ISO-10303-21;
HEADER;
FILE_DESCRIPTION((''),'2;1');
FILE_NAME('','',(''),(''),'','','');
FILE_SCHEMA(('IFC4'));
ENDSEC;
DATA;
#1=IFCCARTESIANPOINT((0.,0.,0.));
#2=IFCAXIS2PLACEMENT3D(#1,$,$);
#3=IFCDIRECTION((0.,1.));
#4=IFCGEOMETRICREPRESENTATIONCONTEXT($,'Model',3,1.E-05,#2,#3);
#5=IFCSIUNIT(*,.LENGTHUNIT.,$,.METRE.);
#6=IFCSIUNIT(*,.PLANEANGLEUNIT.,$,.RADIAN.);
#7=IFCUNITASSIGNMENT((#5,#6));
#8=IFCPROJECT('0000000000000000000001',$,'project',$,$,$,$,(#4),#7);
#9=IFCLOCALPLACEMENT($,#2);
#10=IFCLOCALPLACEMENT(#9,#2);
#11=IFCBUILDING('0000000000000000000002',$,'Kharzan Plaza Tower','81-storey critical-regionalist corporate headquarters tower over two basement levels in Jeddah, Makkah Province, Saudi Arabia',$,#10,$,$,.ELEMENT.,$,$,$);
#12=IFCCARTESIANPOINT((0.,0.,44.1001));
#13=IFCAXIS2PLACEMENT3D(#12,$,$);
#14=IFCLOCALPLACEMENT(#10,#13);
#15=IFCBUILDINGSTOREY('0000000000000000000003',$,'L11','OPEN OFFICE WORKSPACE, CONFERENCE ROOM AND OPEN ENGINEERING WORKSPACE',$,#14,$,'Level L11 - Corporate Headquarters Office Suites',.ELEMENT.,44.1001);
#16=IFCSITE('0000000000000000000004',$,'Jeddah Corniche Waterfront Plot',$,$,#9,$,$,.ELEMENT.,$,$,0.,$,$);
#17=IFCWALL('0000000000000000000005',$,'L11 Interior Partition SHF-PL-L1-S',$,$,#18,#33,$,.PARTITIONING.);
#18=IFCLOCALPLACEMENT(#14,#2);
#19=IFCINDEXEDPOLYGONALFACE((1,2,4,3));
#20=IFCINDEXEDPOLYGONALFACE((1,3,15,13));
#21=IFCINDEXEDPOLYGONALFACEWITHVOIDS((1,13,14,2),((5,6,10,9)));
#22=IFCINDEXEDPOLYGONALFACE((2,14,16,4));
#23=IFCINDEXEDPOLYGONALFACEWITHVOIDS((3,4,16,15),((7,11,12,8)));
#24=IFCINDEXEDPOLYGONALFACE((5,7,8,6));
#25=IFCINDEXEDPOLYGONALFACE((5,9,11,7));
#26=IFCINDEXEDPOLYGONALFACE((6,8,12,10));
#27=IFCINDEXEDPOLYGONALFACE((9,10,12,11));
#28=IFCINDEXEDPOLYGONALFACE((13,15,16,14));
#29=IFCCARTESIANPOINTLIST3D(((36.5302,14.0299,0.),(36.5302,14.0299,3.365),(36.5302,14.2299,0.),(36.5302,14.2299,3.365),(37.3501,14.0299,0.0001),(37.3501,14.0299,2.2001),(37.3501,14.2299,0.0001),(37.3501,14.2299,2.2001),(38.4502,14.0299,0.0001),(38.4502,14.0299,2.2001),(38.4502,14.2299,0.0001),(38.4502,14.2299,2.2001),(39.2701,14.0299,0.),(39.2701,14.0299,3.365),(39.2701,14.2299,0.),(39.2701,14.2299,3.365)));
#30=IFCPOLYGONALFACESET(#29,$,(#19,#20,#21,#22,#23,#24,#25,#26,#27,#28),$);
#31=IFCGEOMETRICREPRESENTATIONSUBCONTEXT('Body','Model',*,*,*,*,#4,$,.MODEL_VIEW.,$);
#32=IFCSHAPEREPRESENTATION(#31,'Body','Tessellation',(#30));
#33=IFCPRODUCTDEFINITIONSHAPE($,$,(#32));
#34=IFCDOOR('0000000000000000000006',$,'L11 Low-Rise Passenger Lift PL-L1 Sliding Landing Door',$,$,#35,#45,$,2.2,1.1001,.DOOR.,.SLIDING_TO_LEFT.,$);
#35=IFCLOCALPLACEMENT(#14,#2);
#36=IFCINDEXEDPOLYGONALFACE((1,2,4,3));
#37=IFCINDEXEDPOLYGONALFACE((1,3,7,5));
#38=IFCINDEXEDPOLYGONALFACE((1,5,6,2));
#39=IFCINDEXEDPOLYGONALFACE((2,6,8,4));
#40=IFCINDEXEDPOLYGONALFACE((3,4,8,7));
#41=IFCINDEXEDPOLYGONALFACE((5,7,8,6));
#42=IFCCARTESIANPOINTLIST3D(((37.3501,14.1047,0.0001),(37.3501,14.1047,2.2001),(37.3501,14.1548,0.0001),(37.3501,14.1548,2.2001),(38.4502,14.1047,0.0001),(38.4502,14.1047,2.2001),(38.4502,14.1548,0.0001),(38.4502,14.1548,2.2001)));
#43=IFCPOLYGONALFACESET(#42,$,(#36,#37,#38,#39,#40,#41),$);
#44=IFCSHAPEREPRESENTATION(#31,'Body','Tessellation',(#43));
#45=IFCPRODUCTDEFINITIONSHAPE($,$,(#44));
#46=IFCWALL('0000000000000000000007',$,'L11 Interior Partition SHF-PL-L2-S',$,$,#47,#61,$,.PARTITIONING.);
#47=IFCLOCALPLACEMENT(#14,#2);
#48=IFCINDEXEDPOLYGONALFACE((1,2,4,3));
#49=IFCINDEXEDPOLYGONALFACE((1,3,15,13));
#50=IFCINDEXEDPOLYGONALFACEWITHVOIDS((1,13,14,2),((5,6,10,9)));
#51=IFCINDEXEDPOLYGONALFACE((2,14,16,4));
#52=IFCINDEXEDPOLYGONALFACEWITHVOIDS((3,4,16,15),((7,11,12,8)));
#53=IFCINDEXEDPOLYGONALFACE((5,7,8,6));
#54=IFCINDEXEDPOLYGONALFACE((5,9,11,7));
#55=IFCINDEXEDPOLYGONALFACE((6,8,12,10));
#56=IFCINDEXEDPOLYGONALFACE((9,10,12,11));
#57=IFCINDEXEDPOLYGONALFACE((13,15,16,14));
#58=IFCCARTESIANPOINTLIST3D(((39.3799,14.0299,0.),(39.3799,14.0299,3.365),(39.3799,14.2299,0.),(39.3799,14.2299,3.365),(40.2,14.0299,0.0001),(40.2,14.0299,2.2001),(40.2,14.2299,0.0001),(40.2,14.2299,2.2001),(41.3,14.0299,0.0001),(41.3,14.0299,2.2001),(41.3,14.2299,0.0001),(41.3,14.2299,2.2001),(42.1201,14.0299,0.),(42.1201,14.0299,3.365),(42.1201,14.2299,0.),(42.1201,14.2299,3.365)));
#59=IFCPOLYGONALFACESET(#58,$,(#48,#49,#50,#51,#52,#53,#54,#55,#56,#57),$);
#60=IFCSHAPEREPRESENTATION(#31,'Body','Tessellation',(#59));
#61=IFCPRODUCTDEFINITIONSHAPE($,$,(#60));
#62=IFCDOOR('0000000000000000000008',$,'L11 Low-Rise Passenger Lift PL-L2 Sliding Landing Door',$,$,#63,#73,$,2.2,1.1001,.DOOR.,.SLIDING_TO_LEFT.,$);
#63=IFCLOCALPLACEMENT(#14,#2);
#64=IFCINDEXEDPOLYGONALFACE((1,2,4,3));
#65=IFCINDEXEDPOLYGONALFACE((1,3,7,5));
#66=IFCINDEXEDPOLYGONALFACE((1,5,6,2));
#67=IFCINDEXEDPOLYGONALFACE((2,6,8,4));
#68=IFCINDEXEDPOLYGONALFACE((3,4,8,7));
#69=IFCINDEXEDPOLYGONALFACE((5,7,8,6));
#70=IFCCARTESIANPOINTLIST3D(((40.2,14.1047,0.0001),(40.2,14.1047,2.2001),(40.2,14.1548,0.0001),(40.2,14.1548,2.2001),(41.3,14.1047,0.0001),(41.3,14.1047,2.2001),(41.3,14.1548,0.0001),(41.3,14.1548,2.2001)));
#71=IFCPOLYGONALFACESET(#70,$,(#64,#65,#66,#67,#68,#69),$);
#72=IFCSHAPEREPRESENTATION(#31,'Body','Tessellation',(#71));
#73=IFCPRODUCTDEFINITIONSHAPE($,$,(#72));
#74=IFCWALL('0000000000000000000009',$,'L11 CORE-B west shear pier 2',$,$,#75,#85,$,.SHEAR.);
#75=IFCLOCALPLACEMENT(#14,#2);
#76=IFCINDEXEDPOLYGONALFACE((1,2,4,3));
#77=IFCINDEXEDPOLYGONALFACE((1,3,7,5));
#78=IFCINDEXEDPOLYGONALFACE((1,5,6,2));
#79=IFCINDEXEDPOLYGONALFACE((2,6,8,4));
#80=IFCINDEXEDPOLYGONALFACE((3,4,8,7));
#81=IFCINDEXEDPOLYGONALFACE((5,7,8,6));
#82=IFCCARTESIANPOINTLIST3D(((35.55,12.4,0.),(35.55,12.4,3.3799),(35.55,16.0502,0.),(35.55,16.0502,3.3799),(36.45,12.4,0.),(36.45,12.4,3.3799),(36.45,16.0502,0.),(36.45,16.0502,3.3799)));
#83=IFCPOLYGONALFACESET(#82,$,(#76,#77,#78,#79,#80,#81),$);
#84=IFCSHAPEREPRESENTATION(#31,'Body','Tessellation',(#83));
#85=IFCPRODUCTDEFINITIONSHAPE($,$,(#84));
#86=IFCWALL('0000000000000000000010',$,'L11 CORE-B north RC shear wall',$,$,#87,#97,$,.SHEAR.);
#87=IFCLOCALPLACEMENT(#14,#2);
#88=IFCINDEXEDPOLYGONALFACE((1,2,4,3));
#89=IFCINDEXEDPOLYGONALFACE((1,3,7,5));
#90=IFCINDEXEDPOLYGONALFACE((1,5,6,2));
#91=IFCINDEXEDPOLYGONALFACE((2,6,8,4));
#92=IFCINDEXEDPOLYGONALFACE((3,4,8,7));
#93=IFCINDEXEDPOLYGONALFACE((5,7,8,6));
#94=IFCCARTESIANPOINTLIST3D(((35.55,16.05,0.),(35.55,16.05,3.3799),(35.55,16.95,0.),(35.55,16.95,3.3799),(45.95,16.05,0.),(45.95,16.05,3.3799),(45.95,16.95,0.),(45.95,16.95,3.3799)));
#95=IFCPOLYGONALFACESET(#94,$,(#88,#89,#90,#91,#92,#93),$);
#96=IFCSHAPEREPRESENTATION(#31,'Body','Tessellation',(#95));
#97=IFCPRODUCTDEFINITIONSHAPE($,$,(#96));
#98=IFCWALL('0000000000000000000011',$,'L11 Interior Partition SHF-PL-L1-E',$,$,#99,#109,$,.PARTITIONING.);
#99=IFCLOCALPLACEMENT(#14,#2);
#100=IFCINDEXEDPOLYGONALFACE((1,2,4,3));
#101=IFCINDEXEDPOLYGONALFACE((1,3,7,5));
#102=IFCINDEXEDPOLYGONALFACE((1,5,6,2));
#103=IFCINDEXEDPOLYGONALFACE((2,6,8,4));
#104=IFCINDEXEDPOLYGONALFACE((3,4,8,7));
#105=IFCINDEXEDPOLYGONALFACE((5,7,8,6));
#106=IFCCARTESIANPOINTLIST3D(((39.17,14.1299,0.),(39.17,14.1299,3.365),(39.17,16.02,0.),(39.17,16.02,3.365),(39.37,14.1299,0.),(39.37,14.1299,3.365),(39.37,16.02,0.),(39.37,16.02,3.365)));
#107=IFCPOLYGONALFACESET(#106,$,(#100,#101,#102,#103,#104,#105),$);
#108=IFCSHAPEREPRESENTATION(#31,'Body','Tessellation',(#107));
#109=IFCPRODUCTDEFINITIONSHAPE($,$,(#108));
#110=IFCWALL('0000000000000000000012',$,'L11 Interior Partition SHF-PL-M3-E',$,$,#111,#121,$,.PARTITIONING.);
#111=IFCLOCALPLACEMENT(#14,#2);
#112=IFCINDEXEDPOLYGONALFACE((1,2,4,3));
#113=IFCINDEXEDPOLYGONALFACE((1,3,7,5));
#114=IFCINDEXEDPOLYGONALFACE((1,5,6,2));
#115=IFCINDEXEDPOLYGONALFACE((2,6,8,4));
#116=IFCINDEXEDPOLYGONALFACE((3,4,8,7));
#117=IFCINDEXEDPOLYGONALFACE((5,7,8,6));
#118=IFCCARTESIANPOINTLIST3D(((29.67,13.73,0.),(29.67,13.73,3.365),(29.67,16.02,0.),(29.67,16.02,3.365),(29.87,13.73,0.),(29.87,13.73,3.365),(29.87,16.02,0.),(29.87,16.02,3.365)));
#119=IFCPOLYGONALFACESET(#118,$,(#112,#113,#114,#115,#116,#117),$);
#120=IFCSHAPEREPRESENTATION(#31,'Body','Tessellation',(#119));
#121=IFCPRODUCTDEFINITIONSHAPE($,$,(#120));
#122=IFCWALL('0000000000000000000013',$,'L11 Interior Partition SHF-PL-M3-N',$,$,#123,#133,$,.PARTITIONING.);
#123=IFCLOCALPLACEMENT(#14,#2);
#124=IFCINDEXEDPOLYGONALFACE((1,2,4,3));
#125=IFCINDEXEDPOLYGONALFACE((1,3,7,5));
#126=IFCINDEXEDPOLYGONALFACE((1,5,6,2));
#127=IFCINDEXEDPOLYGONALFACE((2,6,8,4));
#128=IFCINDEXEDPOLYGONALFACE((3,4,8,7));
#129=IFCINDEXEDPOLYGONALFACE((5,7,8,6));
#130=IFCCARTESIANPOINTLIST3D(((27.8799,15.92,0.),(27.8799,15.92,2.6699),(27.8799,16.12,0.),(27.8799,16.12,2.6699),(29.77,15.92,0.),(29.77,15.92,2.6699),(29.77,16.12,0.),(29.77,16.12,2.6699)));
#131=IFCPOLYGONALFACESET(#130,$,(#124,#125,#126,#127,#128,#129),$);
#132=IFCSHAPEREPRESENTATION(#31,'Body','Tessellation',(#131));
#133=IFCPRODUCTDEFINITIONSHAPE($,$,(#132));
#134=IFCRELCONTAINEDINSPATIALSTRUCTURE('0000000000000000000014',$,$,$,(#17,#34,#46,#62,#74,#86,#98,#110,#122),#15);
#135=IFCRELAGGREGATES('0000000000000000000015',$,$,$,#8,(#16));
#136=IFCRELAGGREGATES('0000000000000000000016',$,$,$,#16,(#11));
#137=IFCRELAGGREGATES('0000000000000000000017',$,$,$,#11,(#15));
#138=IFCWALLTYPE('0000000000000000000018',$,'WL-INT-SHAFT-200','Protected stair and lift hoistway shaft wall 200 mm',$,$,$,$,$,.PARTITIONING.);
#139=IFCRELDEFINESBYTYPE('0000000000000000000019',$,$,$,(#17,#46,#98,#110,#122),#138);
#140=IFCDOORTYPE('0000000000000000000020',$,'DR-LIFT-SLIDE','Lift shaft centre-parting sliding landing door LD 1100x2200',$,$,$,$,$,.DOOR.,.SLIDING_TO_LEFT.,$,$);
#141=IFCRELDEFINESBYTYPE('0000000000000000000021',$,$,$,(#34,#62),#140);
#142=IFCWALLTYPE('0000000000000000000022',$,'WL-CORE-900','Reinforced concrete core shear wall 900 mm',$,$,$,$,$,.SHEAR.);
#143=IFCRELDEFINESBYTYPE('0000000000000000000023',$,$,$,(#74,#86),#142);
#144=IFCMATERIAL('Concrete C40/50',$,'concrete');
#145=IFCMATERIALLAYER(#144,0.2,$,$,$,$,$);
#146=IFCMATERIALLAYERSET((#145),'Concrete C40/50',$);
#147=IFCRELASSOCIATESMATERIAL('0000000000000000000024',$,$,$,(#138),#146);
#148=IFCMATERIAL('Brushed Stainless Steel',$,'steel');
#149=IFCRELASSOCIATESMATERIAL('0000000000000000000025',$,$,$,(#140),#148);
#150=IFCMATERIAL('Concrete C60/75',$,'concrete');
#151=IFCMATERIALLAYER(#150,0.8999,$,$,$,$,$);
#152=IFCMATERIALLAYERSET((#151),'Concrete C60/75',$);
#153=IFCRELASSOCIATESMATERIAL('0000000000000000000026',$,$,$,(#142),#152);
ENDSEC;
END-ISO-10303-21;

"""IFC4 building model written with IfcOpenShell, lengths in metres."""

from ifc_helpers import new_model, si_unit, direction, frame, frame_2d, origin, place, context, subcontext, project, spatial, rectangle, extrude, source, transform, mapped, material, layer, layer_set, type_object, element, fill, save


model = new_model("IFC4")

# Units and contexts
model_context = context("Model", 3, precision=1e-05, world=origin(), true_north=direction((0.0, 1.0)))
body_context = subcontext(model_context, "Body", "Model", "MODEL_VIEW")
ifc_project = project(units=[si_unit("LENGTHUNIT", "METRE"), si_unit("PLANEANGLEUNIT", "RADIAN")], contexts=[model_context])

# Site, building, storey
site_placement = place(None, origin())
site = spatial("IfcSite", under=ifc_project, at=site_placement, Name="Jeddah Corniche Waterfront Plot", CompositionType="ELEMENT", RefElevation=0.0)
building_placement = place(site_placement, origin())
building = spatial("IfcBuilding", under=site, at=building_placement, Name="Kharzan Plaza Tower", Description="81-storey critical-regionalist corporate headquarters tower over two basement levels in Jeddah, Makkah Province, Saudi Arabia", CompositionType="ELEMENT")
storey_placement = place(building_placement, frame((0.0, 0.0, 44.1001)))
storey = spatial("IfcBuildingStorey", under=building, at=storey_placement, Name="L11", Description="OPEN OFFICE WORKSPACE, CONFERENCE ROOM AND OPEN ENGINEERING WORKSPACE", LongName="Level L11 - Corporate Headquarters Office Suites", CompositionType="ELEMENT", Elevation=44.1001)

# Shared definitions
ifc_material_1 = material(Name="Concrete C60/75", Category="concrete")

# Walls, openings, doors
ifc_material_2 = material(Name="Concrete C40/50", Category="concrete")
ifc_layer_1 = layer(ifc_material_2, 0.2)
ifc_layer_set_1 = layer_set([ifc_layer_1], Name="Concrete C40/50")
wall_type_1 = type_object("IfcWallType", Name="WL-INT-SHAFT-200", Description="Protected stair and lift hoistway shaft wall 200 mm", PredefinedType="PARTITIONING", material=ifc_layer_set_1)
wall_1_placement = place(storey_placement, frame((36.53, 14.1299, 0.0), z_axis=(0.0, 0.0, 1.0), x_axis=(1.0, 0.0, 0.0)))
wall_1 = element("IfcWall", 1, at=wall_1_placement, inside=storey, type_object=wall_type_1, Name="L11 Interior Partition SHF-PL-L1-S", PredefinedType="PARTITIONING", context=body_context, shape_type="SweptSolid", body=[
    extrude(rectangle(XDim=2.74, YDim=0.2, at=frame_2d((1.3701, 0.0))), origin(), (0.0, 0.0, 1.0), 3.365),
])
opening_1_placement = place(wall_1_placement, frame((0.8201, 0.0, 0.0)))
opening_1 = element("IfcOpeningElement", 2, at=opening_1_placement, cuts=wall_1, PredefinedType="OPENING", context=body_context, shape_type="SweptSolid", body=[
    extrude(rectangle(XDim=1.1001, YDim=2.2, at=frame_2d((0.55, 1.1001))), frame((0.0, 0.1099, 0.0), z_axis=(0.0, -1.0, 0.0), x_axis=(1.0, 0.0, 0.0)), (0.0, 0.0, 1.0), 0.22),
])
ifc_material_3 = material(Name="Brushed Stainless Steel", Category="steel")
door_type_1 = type_object("IfcDoorType", Name="DR-LIFT-SLIDE", Description="Lift shaft centre-parting sliding landing door LD 1100x2200", OperationType="SLIDING_TO_LEFT", PredefinedType="DOOR", material=ifc_material_3)
shared_shape_1 = source(origin(), body_context, "Body", "SweptSolid", [
    extrude(rectangle(XDim=1.1001, YDim=2.2, at=frame_2d((0.55, 1.1001))), frame((0.0, 0.0249, 0.0), z_axis=(0.0, -1.0, 0.0), x_axis=(1.0, 0.0, 0.0)), (0.0, 0.0, 1.0), 0.05),
])
door_1_placement = place(opening_1_placement, origin())
door_1 = element("IfcDoor", 3, at=door_1_placement, inside=storey, type_object=door_type_1, Name="L11 Low-Rise Passenger Lift PL-L1 Sliding Landing Door", OperationType="SLIDING_TO_LEFT", OverallHeight=2.2, OverallWidth=1.1001, PredefinedType="DOOR", context=body_context, shape_type="MappedRepresentation", body=[
    mapped(shared_shape_1, transform((0.0, 0.0, 0.0), x_axis=(1.0, 0.0, 0.0), y_axis=(0.0, 1.0, 0.0), z_axis=(0.0, 0.0, 1.0))),
])
fill(opening_1, door_1)
wall_2_placement = place(storey_placement, frame((39.3799, 14.1299, 0.0), z_axis=(0.0, 0.0, 1.0), x_axis=(1.0, 0.0, 0.0)))
wall_2 = element("IfcWall", 4, at=wall_2_placement, inside=storey, type_object=wall_type_1, Name="L11 Interior Partition SHF-PL-L2-S", PredefinedType="PARTITIONING", context=body_context, shape_type="SweptSolid", body=[
    extrude(rectangle(XDim=2.7402, YDim=0.2, at=frame_2d((1.3701, 0.0))), origin(), (0.0, 0.0, 1.0), 3.365),
])
opening_2_placement = place(wall_2_placement, frame((0.8201, 0.0, 0.0)))
opening_2 = element("IfcOpeningElement", 5, at=opening_2_placement, cuts=wall_2, PredefinedType="OPENING", context=body_context, shape_type="SweptSolid", body=[
    extrude(rectangle(XDim=1.1001, YDim=2.2, at=frame_2d((0.55, 1.1001))), frame((0.0, 0.1099, 0.0), z_axis=(0.0, -1.0, 0.0), x_axis=(1.0, 0.0, 0.0)), (0.0, 0.0, 1.0), 0.22),
])
door_2_placement = place(opening_2_placement, origin())
door_2 = element("IfcDoor", 6, at=door_2_placement, inside=storey, type_object=door_type_1, Name="L11 Low-Rise Passenger Lift PL-L2 Sliding Landing Door", OperationType="SLIDING_TO_LEFT", OverallHeight=2.2, OverallWidth=1.1001, PredefinedType="DOOR", context=body_context, shape_type="MappedRepresentation", body=[
    mapped(shared_shape_1, transform((0.0, 0.0, 0.0), x_axis=(1.0, 0.0, 0.0), y_axis=(0.0, 1.0, 0.0), z_axis=(0.0, 0.0, 1.0))),
])
fill(opening_2, door_2)

# Walls
ifc_layer_2 = layer(ifc_material_1, 0.8999)
ifc_layer_set_2 = layer_set([ifc_layer_2], Name="Concrete C60/75")
wall_type_2 = type_object("IfcWallType", Name="WL-CORE-900", Description="Reinforced concrete core shear wall 900 mm", PredefinedType="SHEAR", material=ifc_layer_set_2)
shared_shape_2 = source(origin(), body_context, "Body", "SweptSolid", [
    extrude(rectangle(XDim=3.6501, YDim=0.8999, at=frame_2d((1.8252, 0.0))), origin(), (0.0, 0.0, 1.0), 3.3799),
])
wall_3_placement = place(storey_placement, frame((36.0, 12.3999, 0.0), z_axis=(0.0, 0.0, 1.0), x_axis=(0.0, 1.0, 0.0)))
element("IfcWall", 7, at=wall_3_placement, inside=storey, type_object=wall_type_2, Name="L11 CORE-B west shear pier 2", PredefinedType="SHEAR", context=body_context, shape_type="MappedRepresentation", body=[
    mapped(shared_shape_2, transform((0.0, 0.0, 0.0), x_axis=(1.0, 0.0, 0.0), y_axis=(0.0, 1.0, 0.0), z_axis=(0.0, 0.0, 1.0))),
])
shared_shape_3 = source(origin(), body_context, "Body", "SweptSolid", [
    extrude(rectangle(XDim=10.3999, YDim=0.8999, at=frame_2d((5.2, 0.0))), origin(), (0.0, 0.0, 1.0), 3.3799),
])
wall_4_placement = place(storey_placement, frame((35.55, 16.5, 0.0), z_axis=(0.0, 0.0, 1.0), x_axis=(1.0, 0.0, 0.0)))
element("IfcWall", 8, at=wall_4_placement, inside=storey, type_object=wall_type_2, Name="L11 CORE-B north RC shear wall", PredefinedType="SHEAR", context=body_context, shape_type="MappedRepresentation", body=[
    mapped(shared_shape_3, transform((0.0, 0.0, 0.0), x_axis=(1.0, 0.0, 0.0), y_axis=(0.0, 1.0, 0.0), z_axis=(0.0, 0.0, 1.0))),
])
shared_shape_4 = source(origin(), body_context, "Body", "SweptSolid", [
    extrude(rectangle(XDim=1.8901, YDim=0.2, at=frame_2d((0.9451, 0.0))), origin(), (0.0, 0.0, 1.0), 3.365),
])
wall_5_placement = place(storey_placement, frame((39.27, 14.1299, 0.0), z_axis=(0.0, 0.0, 1.0), x_axis=(0.0, 1.0, 0.0)))
element("IfcWall", 9, at=wall_5_placement, inside=storey, type_object=wall_type_1, Name="L11 Interior Partition SHF-PL-L1-E", PredefinedType="PARTITIONING", context=body_context, shape_type="MappedRepresentation", body=[
    mapped(shared_shape_4, transform((0.0, 0.0, 0.0), x_axis=(1.0, 0.0, 0.0), y_axis=(0.0, 1.0, 0.0), z_axis=(0.0, 0.0, 1.0))),
])
shared_shape_5 = source(origin(), body_context, "Body", "SweptSolid", [
    extrude(rectangle(XDim=2.29, YDim=0.2, at=frame_2d((1.145, 0.0))), origin(), (0.0, 0.0, 1.0), 3.365),
])
wall_6_placement = place(storey_placement, frame((29.77, 13.73, 0.0), z_axis=(0.0, 0.0, 1.0), x_axis=(0.0, 1.0, 0.0)))
element("IfcWall", 10, at=wall_6_placement, inside=storey, type_object=wall_type_1, Name="L11 Interior Partition SHF-PL-M3-E", PredefinedType="PARTITIONING", context=body_context, shape_type="MappedRepresentation", body=[
    mapped(shared_shape_5, transform((0.0, 0.0, 0.0), x_axis=(1.0, 0.0, 0.0), y_axis=(0.0, 1.0, 0.0), z_axis=(0.0, 0.0, 1.0))),
])
shared_shape_6 = source(origin(), body_context, "Body", "SweptSolid", [
    extrude(rectangle(XDim=1.8901, YDim=0.2, at=frame_2d((0.9451, 0.0))), origin(), (0.0, 0.0, 1.0), 2.6699),
])
wall_7_placement = place(storey_placement, frame((27.8799, 16.02, 0.0), z_axis=(0.0, 0.0, 1.0), x_axis=(1.0, 0.0, 0.0)))
element("IfcWall", 11, at=wall_7_placement, inside=storey, type_object=wall_type_1, Name="L11 Interior Partition SHF-PL-M3-N", PredefinedType="PARTITIONING", context=body_context, shape_type="MappedRepresentation", body=[
    mapped(shared_shape_6, transform((0.0, 0.0, 0.0), x_axis=(1.0, 0.0, 0.0), y_axis=(0.0, 1.0, 0.0), z_axis=(0.0, 0.0, 1.0))),
])

save(model, "model.ifc")
